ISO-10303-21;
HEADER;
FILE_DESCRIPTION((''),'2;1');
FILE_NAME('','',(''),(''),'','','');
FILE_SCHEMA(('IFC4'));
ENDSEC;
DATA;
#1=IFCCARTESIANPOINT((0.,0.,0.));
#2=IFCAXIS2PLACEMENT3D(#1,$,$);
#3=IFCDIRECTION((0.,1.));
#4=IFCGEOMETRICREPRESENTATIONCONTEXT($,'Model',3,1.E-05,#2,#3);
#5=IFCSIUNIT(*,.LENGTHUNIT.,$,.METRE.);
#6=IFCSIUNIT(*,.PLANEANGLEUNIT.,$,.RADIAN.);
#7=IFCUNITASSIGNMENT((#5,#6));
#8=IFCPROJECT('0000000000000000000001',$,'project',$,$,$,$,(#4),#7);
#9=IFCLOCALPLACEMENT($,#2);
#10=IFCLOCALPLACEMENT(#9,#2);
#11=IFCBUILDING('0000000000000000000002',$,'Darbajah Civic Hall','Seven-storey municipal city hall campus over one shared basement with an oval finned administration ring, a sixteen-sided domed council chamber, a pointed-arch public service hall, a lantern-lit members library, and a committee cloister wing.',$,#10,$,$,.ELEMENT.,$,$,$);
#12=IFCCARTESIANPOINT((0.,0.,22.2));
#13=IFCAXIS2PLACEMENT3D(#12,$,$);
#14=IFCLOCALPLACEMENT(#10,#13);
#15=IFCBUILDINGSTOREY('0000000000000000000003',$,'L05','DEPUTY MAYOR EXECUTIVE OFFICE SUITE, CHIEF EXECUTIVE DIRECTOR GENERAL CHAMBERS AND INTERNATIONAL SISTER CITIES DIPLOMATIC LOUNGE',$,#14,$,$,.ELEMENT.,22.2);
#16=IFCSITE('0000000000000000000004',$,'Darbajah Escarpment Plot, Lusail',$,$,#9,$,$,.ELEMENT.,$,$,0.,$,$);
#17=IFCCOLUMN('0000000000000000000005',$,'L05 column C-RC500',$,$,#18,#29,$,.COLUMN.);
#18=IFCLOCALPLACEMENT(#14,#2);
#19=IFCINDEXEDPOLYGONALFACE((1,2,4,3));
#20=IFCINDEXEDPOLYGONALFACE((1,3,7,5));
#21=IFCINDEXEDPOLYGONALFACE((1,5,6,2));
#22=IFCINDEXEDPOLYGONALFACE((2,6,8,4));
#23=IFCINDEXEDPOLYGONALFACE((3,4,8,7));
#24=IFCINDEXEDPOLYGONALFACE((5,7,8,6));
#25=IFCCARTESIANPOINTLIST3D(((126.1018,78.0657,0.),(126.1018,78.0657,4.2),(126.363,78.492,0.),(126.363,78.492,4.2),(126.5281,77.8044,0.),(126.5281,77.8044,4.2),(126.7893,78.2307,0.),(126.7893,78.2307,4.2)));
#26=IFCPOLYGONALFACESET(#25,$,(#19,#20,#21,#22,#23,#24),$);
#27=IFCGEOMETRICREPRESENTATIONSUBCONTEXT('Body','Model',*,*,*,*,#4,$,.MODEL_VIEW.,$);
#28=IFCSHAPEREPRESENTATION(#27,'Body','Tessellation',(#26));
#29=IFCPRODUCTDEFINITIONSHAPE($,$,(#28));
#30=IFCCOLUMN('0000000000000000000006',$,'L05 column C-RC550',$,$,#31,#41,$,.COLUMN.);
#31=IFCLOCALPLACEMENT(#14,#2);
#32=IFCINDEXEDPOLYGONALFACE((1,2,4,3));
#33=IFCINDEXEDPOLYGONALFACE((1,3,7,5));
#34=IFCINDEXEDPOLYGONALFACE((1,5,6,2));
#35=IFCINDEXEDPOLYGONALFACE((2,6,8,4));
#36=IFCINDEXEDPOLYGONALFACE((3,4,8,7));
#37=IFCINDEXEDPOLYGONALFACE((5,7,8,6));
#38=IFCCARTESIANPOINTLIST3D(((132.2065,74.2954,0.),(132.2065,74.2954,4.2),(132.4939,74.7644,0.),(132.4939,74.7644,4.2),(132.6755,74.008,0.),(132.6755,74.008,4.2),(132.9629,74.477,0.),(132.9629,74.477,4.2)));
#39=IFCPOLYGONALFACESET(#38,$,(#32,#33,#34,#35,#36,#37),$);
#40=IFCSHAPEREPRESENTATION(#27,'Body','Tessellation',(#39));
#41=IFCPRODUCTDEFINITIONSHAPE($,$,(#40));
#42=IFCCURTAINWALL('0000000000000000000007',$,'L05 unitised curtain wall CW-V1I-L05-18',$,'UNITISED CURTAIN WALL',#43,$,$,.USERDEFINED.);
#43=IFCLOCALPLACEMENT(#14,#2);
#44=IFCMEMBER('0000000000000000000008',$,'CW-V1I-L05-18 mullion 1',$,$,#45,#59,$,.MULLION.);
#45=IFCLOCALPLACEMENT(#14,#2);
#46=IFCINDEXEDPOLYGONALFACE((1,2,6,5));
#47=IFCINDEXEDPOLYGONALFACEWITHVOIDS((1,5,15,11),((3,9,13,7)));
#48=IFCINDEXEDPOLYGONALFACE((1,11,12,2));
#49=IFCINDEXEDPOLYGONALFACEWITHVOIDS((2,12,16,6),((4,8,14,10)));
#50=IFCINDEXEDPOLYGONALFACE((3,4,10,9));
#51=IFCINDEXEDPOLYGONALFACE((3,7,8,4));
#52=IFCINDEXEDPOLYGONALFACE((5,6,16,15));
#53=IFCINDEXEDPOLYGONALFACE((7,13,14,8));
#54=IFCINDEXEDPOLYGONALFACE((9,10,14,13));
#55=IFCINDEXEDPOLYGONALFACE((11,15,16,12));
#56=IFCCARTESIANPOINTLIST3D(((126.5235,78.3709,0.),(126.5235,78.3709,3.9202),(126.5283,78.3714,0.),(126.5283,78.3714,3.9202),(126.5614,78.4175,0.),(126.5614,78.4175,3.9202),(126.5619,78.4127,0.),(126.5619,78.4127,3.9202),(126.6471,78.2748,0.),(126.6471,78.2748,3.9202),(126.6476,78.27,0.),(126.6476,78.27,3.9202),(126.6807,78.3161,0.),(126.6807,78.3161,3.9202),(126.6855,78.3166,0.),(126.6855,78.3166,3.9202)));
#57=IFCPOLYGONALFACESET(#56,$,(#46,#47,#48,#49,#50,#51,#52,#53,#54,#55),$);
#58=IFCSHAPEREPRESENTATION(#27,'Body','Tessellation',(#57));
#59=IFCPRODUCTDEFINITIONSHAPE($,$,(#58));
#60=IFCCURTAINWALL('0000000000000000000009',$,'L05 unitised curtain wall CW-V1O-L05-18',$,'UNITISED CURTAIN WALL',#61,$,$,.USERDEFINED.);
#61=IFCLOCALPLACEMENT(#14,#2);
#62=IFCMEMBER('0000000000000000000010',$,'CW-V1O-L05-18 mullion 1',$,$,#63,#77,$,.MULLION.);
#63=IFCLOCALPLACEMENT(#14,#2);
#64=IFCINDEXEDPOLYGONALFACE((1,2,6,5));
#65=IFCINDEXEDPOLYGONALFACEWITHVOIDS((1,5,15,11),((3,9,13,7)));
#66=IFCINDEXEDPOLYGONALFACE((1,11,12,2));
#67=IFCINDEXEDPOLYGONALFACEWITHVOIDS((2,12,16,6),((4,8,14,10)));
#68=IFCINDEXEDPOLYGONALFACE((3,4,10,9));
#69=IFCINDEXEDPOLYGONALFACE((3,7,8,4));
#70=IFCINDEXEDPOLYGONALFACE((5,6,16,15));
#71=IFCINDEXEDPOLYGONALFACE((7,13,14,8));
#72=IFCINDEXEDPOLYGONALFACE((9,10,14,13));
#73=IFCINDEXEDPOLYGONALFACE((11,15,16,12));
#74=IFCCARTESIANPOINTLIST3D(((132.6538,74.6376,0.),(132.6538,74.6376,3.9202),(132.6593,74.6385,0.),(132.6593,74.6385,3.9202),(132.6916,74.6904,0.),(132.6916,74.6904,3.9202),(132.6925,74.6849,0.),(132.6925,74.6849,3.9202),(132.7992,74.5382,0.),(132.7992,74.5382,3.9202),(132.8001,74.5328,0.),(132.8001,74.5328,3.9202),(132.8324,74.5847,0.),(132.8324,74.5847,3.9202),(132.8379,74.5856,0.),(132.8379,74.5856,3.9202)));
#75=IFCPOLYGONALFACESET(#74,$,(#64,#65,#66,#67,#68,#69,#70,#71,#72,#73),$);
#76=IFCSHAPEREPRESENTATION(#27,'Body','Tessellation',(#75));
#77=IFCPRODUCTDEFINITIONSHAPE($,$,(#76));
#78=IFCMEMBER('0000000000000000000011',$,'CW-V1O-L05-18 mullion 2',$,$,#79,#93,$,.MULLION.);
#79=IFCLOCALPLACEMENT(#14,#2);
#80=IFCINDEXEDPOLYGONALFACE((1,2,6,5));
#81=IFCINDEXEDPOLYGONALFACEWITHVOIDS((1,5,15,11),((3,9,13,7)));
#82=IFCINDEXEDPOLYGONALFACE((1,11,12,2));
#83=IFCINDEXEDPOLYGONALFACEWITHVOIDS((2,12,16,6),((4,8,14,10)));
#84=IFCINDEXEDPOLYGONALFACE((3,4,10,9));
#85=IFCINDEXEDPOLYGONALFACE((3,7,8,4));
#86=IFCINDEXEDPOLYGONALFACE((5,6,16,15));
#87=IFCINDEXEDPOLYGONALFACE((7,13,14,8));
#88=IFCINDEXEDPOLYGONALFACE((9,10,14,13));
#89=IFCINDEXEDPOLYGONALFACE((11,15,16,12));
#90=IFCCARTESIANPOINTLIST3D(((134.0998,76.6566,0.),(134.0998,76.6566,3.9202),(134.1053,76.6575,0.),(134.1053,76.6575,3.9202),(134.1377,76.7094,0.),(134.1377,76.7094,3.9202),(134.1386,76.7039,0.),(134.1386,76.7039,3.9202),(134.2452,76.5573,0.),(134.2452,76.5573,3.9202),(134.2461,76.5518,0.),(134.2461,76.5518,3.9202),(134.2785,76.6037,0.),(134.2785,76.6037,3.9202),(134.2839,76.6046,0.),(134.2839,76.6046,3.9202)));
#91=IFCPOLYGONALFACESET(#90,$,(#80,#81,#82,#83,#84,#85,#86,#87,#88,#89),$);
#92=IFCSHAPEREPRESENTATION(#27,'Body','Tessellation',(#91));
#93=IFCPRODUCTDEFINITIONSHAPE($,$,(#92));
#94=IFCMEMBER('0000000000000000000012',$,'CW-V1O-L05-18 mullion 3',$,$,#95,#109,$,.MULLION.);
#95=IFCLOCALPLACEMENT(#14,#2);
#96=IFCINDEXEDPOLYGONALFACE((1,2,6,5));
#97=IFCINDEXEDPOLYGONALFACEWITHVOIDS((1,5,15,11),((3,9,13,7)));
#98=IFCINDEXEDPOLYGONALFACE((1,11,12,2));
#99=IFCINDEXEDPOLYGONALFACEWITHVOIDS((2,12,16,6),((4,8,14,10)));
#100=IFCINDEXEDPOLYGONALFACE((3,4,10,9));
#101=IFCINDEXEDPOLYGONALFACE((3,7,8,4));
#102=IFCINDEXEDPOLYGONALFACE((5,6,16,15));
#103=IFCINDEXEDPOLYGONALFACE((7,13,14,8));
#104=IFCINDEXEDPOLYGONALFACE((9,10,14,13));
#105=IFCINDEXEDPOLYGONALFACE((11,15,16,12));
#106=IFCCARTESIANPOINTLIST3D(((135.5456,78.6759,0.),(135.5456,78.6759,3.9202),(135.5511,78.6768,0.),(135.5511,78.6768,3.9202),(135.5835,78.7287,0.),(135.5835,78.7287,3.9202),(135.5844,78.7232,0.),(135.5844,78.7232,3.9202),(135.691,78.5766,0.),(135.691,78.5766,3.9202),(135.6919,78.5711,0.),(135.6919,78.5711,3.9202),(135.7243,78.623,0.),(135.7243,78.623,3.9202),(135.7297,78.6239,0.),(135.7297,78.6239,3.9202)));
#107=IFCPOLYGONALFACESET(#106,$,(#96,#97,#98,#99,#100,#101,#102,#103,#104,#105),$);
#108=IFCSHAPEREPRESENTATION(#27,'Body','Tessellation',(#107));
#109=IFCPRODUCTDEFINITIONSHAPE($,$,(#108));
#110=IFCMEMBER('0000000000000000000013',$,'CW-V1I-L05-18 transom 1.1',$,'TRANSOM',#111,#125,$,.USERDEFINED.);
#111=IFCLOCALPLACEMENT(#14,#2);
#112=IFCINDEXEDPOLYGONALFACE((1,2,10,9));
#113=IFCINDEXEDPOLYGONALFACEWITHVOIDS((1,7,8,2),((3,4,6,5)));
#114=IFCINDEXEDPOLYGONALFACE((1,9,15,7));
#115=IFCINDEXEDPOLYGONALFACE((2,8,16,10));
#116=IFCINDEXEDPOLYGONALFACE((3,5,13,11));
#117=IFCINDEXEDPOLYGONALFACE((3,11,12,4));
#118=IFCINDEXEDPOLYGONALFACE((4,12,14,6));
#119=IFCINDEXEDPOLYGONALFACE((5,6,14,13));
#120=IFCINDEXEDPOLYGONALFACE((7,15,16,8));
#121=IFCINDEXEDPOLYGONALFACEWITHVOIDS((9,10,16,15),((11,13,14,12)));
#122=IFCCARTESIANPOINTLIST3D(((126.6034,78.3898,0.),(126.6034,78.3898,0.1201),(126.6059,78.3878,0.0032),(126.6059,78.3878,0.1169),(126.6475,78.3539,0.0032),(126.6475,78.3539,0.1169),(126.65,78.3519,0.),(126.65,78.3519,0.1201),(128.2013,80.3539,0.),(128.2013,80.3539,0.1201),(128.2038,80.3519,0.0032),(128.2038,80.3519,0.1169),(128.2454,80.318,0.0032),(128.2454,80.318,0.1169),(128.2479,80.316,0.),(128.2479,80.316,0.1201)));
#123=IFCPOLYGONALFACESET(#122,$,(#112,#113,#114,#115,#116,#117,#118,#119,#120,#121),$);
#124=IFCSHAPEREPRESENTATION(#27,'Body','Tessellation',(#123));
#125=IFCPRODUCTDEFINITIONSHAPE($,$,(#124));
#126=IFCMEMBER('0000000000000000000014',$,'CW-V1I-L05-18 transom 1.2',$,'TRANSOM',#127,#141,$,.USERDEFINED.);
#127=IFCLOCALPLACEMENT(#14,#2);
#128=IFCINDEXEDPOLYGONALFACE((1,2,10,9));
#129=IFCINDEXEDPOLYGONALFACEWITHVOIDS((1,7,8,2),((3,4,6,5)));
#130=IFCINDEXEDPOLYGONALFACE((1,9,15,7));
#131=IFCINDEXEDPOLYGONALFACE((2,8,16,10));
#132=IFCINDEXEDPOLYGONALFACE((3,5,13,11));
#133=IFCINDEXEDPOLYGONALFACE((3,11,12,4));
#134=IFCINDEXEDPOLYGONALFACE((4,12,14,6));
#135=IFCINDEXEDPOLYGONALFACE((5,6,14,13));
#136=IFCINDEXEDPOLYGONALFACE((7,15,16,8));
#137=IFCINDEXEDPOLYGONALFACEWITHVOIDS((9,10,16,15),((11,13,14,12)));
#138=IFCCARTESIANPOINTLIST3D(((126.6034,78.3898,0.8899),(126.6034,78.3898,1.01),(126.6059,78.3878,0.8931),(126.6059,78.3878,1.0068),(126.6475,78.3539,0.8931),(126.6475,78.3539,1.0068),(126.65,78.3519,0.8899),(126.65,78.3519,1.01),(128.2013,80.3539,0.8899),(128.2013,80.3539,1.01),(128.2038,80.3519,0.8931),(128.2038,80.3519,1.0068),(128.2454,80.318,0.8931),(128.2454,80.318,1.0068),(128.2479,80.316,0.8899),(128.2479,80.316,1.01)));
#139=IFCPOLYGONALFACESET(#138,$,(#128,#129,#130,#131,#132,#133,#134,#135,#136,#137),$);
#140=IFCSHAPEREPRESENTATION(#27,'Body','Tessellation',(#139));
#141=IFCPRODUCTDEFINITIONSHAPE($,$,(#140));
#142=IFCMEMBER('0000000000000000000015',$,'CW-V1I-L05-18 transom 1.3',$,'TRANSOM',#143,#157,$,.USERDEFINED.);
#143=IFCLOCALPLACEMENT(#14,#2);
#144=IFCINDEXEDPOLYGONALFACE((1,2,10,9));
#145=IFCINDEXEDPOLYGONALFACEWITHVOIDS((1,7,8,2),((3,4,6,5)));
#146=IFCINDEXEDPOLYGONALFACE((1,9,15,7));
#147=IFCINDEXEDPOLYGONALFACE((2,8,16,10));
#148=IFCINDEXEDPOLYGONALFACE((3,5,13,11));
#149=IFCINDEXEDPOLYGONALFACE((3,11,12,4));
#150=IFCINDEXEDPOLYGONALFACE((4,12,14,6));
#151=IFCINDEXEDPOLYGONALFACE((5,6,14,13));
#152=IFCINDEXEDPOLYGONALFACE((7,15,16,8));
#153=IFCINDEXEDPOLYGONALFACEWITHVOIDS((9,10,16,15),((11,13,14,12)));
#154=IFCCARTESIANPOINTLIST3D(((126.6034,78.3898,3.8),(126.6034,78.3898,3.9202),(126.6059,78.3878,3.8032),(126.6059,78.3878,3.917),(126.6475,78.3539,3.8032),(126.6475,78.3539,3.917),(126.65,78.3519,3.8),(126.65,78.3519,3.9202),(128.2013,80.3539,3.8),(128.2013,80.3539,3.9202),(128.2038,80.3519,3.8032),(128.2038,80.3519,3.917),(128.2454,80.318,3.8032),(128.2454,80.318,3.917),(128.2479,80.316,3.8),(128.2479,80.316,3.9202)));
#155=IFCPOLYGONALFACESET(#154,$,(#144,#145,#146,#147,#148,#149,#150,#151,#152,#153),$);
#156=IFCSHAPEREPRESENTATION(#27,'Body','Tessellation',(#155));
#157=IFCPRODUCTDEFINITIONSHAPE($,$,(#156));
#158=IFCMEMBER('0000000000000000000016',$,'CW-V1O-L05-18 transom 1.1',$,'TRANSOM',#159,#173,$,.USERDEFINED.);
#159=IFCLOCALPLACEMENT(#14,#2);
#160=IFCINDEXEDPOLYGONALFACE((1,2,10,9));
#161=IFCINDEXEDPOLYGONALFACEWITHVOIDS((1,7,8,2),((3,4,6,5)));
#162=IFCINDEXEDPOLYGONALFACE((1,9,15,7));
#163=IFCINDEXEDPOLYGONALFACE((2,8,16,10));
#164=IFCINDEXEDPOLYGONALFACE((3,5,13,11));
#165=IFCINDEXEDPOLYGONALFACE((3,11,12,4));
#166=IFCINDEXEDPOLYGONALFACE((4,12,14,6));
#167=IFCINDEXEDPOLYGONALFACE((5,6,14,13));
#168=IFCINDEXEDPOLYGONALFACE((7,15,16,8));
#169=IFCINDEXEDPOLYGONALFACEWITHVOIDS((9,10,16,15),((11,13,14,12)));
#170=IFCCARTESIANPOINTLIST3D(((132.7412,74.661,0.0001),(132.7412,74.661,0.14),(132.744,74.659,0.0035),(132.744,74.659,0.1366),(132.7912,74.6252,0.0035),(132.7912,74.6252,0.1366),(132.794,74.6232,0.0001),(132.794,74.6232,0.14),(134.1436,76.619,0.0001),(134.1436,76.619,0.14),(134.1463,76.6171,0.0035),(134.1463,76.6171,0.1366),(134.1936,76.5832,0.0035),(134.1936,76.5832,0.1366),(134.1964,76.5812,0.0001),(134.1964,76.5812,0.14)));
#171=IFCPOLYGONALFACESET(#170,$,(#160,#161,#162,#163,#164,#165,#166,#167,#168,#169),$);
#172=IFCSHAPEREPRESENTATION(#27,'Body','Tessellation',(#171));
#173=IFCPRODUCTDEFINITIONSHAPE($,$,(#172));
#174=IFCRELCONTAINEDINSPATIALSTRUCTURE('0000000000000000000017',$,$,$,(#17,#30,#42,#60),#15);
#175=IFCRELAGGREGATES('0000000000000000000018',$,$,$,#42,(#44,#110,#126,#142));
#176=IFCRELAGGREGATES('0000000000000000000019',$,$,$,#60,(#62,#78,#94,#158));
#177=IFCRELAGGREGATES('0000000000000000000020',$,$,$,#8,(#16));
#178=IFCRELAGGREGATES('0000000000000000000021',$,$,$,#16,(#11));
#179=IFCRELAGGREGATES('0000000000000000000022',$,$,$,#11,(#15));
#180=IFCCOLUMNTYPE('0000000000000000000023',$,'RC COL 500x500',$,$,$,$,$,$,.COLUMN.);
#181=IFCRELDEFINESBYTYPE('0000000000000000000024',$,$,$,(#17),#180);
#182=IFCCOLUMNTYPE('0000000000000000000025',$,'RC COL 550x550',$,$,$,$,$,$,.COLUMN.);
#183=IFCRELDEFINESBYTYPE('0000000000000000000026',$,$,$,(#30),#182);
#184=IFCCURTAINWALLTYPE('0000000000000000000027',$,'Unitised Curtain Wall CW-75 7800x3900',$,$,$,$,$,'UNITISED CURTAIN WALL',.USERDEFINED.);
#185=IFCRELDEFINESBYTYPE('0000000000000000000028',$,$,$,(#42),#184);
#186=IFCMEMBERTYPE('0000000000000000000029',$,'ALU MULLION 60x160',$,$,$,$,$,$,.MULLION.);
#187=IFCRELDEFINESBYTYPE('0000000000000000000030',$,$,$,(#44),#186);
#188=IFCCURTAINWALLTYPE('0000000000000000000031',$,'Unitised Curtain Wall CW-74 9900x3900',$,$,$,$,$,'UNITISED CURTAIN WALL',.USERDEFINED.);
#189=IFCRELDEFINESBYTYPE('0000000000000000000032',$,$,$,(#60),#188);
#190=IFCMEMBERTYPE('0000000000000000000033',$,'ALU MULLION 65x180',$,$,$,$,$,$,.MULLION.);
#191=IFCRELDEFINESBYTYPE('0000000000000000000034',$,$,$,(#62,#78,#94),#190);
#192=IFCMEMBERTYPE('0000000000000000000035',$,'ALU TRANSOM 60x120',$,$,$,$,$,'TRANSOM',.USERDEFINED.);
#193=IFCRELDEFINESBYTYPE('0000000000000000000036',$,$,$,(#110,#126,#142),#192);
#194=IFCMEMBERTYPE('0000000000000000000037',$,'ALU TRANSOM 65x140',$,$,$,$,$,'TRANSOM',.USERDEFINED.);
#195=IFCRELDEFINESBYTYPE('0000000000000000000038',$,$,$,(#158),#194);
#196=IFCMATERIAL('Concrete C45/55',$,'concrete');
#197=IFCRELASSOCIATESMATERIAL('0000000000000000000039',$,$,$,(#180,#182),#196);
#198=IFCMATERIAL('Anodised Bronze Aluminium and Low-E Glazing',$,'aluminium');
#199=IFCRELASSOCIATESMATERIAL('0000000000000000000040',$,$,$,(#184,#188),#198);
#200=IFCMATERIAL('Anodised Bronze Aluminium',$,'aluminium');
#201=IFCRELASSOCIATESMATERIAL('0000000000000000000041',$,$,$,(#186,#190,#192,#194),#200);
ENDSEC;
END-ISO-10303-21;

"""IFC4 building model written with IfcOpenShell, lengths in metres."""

from ifc_helpers import new_model, si_unit, direction, frame, origin, origin_2d, place, context, subcontext, project, spatial, rectangle, hollow_rectangle, extrude, material, material_profile, profile_set, type_object, element, aggregate, save


model = new_model("IFC4")

# Units and contexts
model_context = context("Model", 3, precision=1e-05, world=origin(), true_north=direction((0.0, 1.0)))
body_context = subcontext(model_context, "Body", "Model", "MODEL_VIEW")
ifc_project = project(units=[si_unit("LENGTHUNIT", "METRE"), si_unit("PLANEANGLEUNIT", "RADIAN")], contexts=[model_context])

# Site, building, storey
site_placement = place(None, origin())
site = spatial("IfcSite", under=ifc_project, at=site_placement, Name="Darbajah Escarpment Plot, Lusail", CompositionType="ELEMENT", RefElevation=0.0)
building_placement = place(site_placement, origin())
building = spatial("IfcBuilding", under=site, at=building_placement, Name="Darbajah Civic Hall", Description="Seven-storey municipal city hall campus over one shared basement with an oval finned administration ring, a sixteen-sided domed council chamber, a pointed-arch public service hall, a lantern-lit members library, and a committee cloister wing.", CompositionType="ELEMENT")
storey_placement = place(building_placement, frame((0.0, 0.0, 22.2)))
storey = spatial("IfcBuildingStorey", under=building, at=storey_placement, Name="L05", Description="DEPUTY MAYOR EXECUTIVE OFFICE SUITE, CHIEF EXECUTIVE DIRECTOR GENERAL CHAMBERS AND INTERNATIONAL SISTER CITIES DIPLOMATIC LOUNGE", CompositionType="ELEMENT", Elevation=22.2)

# Columns
ifc_material_1 = material(Name="Concrete C45/55", Category="concrete")
ifc_material_profile_1 = material_profile(ifc_material_1, rectangle(XDim=0.5, YDim=0.5, at=origin_2d()), Name="RC COL 500x500")
ifc_profile_set_1 = profile_set([ifc_material_profile_1], Name="Concrete C45/55")
column_type_1 = type_object("IfcColumnType", Name="RC COL 500x500", PredefinedType="COLUMN", material=ifc_profile_set_1)
column_1_placement = place(storey_placement, frame((126.4456, 78.1482, 0.0), z_axis=(0.0, 0.0, 1.0), x_axis=(0.85264, -0.522499, 0.0)))
element("IfcColumn", 1, at=column_1_placement, inside=storey, type_object=column_type_1, Name="L05 column C-RC500", PredefinedType="COLUMN", context=body_context, shape_type="SweptSolid", body=[
    extrude(rectangle(XDim=0.5, YDim=0.5, at=origin_2d()), origin(), (0.0, 0.0, 1.0), 4.2),
])
ifc_material_profile_2 = material_profile(ifc_material_1, rectangle(XDim=0.55, YDim=0.55, at=origin_2d()), Name="RC COL 550x550")
ifc_profile_set_2 = profile_set([ifc_material_profile_2], Name="Concrete C45/55")
column_type_2 = type_object("IfcColumnType", Name="RC COL 550x550", PredefinedType="COLUMN", material=ifc_profile_set_2)
column_2_placement = place(storey_placement, frame((132.5847, 74.3862, 0.0), z_axis=(0.0, 0.0, 1.0), x_axis=(0.85264, -0.522499, 0.0)))
element("IfcColumn", 2, at=column_2_placement, inside=storey, type_object=column_type_2, Name="L05 column C-RC550", PredefinedType="COLUMN", context=body_context, shape_type="SweptSolid", body=[
    extrude(rectangle(XDim=0.55, YDim=0.55, at=origin_2d()), origin(), (0.0, 0.0, 1.0), 4.2),
])

# Curtain wall, member
ifc_material_2 = material(Name="Anodised Bronze Aluminium and Low-E Glazing", Category="aluminium")
curtain_wall_type_1 = type_object("IfcCurtainWallType", Name="Unitised Curtain Wall CW-75 7800x3900", ElementType="UNITISED CURTAIN WALL", PredefinedType="USERDEFINED", material=ifc_material_2)
curtain_wall_1_placement = place(storey_placement, origin())
curtain_wall_1 = element("IfcCurtainWall", 3, at=curtain_wall_1_placement, inside=storey, type_object=curtain_wall_type_1, Name="L05 unitised curtain wall CW-V1I-L05-18", ObjectType="UNITISED CURTAIN WALL", PredefinedType="USERDEFINED")
ifc_material_3 = material(Name="Anodised Bronze Aluminium", Category="aluminium")
ifc_material_profile_3 = material_profile(ifc_material_3, hollow_rectangle(XDim=0.0601, YDim=0.1599, WallThickness=0.0034, at=origin_2d()), Name="ALU MULLION 60x160")
ifc_profile_set_3 = profile_set([ifc_material_profile_3], Name="Anodised Bronze Aluminium")
member_type_1 = type_object("IfcMemberType", Name="ALU MULLION 60x160", PredefinedType="MULLION", material=ifc_profile_set_3)
member_1_placement = place(storey_placement, frame((126.6045, 78.3438, 0.0), z_axis=(0.0, 0.0, 1.0), x_axis=(0.631082, 0.775716, 0.0)))
member_1 = element("IfcMember", 4, at=member_1_placement, type_object=member_type_1, Name="CW-V1I-L05-18 mullion 1", PredefinedType="MULLION", context=body_context, shape_type="SweptSolid", body=[
    extrude(hollow_rectangle(XDim=0.0601, YDim=0.1599, WallThickness=0.0034, at=origin_2d()), origin(), (0.0, 0.0, 1.0), 3.9202),
])

# Curtain wall, members
curtain_wall_type_2 = type_object("IfcCurtainWallType", Name="Unitised Curtain Wall CW-74 9900x3900", ElementType="UNITISED CURTAIN WALL", PredefinedType="USERDEFINED", material=ifc_material_2)
curtain_wall_2_placement = place(storey_placement, origin())
curtain_wall_2 = element("IfcCurtainWall", 5, at=curtain_wall_2_placement, inside=storey, type_object=curtain_wall_type_2, Name="L05 unitised curtain wall CW-V1O-L05-18", ObjectType="UNITISED CURTAIN WALL", PredefinedType="USERDEFINED")
ifc_material_profile_4 = material_profile(ifc_material_3, hollow_rectangle(XDim=0.0649, YDim=0.1799, WallThickness=0.0039, at=origin_2d()), Name="ALU MULLION 65x180")
ifc_profile_set_4 = profile_set([ifc_material_profile_4], Name="Anodised Bronze Aluminium")
member_type_2 = type_object("IfcMemberType", Name="ALU MULLION 65x180", PredefinedType="MULLION", material=ifc_profile_set_4)
member_2_placement = place(storey_placement, frame((132.7458, 74.6116, 0.0), z_axis=(0.0, 0.0, 1.0), x_axis=(0.582265, 0.812999, 0.0)))
member_2 = element("IfcMember", 6, at=member_2_placement, type_object=member_type_2, Name="CW-V1O-L05-18 mullion 1", PredefinedType="MULLION", context=body_context, shape_type="SweptSolid", body=[
    extrude(hollow_rectangle(XDim=0.0649, YDim=0.1799, WallThickness=0.0039, at=origin_2d()), origin(), (0.0, 0.0, 1.0), 3.9202),
])
member_3_placement = place(storey_placement, frame((134.1919, 76.6306, 0.0), z_axis=(0.0, 0.0, 1.0), x_axis=(0.582265, 0.812999, 0.0)))
member_3 = element("IfcMember", 7, at=member_3_placement, type_object=member_type_2, Name="CW-V1O-L05-18 mullion 2", PredefinedType="MULLION", context=body_context, shape_type="SweptSolid", body=[
    extrude(hollow_rectangle(XDim=0.0649, YDim=0.1799, WallThickness=0.0039, at=origin_2d()), origin(), (0.0, 0.0, 1.0), 3.9202),
])
member_4_placement = place(storey_placement, frame((135.6377, 78.6499, 0.0), z_axis=(0.0, 0.0, 1.0), x_axis=(0.582265, 0.812999, 0.0)))
member_4 = element("IfcMember", 8, at=member_4_placement, type_object=member_type_2, Name="CW-V1O-L05-18 mullion 3", PredefinedType="MULLION", context=body_context, shape_type="SweptSolid", body=[
    extrude(hollow_rectangle(XDim=0.0649, YDim=0.1799, WallThickness=0.0039, at=origin_2d()), origin(), (0.0, 0.0, 1.0), 3.9202),
])

# Members
ifc_material_profile_5 = material_profile(ifc_material_3, hollow_rectangle(XDim=0.0601, YDim=0.1201, WallThickness=0.0032, at=origin_2d()), Name="ALU TRANSOM 60x120")
ifc_profile_set_5 = profile_set([ifc_material_profile_5], Name="Anodised Bronze Aluminium")
member_type_3 = type_object("IfcMemberType", Name="ALU TRANSOM 60x120", ElementType="TRANSOM", PredefinedType="USERDEFINED", material=ifc_profile_set_5)
member_5_placement = place(storey_placement, frame((126.6267, 78.3708, 0.0601), z_axis=(0.631083, 0.775716, 0.0), x_axis=(-0.775716, 0.631083, 0.0)))
member_5 = element("IfcMember", 9, at=member_5_placement, type_object=member_type_3, Name="CW-V1I-L05-18 transom 1.1", ObjectType="TRANSOM", PredefinedType="USERDEFINED", context=body_context, shape_type="SweptSolid", body=[
    extrude(hollow_rectangle(XDim=0.0601, YDim=0.1201, WallThickness=0.0032, at=origin_2d()), origin(), (0.0, 0.0, 1.0), 2.532),
])
member_6_placement = place(storey_placement, frame((126.6267, 78.3708, 0.95), z_axis=(0.631083, 0.775716, 0.0), x_axis=(-0.775716, 0.631083, 0.0)))
member_6 = element("IfcMember", 10, at=member_6_placement, type_object=member_type_3, Name="CW-V1I-L05-18 transom 1.2", ObjectType="TRANSOM", PredefinedType="USERDEFINED", context=body_context, shape_type="SweptSolid", body=[
    extrude(hollow_rectangle(XDim=0.0601, YDim=0.1201, WallThickness=0.0032, at=origin_2d()), origin(), (0.0, 0.0, 1.0), 2.532),
])
member_7_placement = place(storey_placement, frame((126.6267, 78.3708, 3.8601), z_axis=(0.631083, 0.775716, 0.0), x_axis=(-0.775716, 0.631083, 0.0)))
member_7 = element("IfcMember", 11, at=member_7_placement, type_object=member_type_3, Name="CW-V1I-L05-18 transom 1.3", ObjectType="TRANSOM", PredefinedType="USERDEFINED", context=body_context, shape_type="SweptSolid", body=[
    extrude(hollow_rectangle(XDim=0.0601, YDim=0.1201, WallThickness=0.0032, at=origin_2d()), origin(), (0.0, 0.0, 1.0), 2.532),
])
aggregate(curtain_wall_1, [member_1, member_5, member_6, member_7])
ifc_material_profile_6 = material_profile(ifc_material_3, hollow_rectangle(XDim=0.0649, YDim=0.1399, WallThickness=0.0034, at=origin_2d()), Name="ALU TRANSOM 65x140")
ifc_profile_set_6 = profile_set([ifc_material_profile_6], Name="Anodised Bronze Aluminium")
member_type_4 = type_object("IfcMemberType", Name="ALU TRANSOM 65x140", ElementType="TRANSOM", PredefinedType="USERDEFINED", material=ifc_profile_set_6)
member_8_placement = place(storey_placement, frame((132.7676, 74.6421, 0.0701), z_axis=(0.582273, 0.812993, 0.0), x_axis=(-0.812993, 0.582273, 0.0)))
member_8 = element("IfcMember", 12, at=member_8_placement, type_object=member_type_4, Name="CW-V1O-L05-18 transom 1.1", ObjectType="TRANSOM", PredefinedType="USERDEFINED", context=body_context, shape_type="SweptSolid", body=[
    extrude(hollow_rectangle(XDim=0.0649, YDim=0.1399, WallThickness=0.0034, at=origin_2d()), origin(), (0.0, 0.0, 1.0), 2.4084),
])

aggregate(curtain_wall_2, [member_2, member_3, member_4, member_8])

save(model, "model.ifc")
